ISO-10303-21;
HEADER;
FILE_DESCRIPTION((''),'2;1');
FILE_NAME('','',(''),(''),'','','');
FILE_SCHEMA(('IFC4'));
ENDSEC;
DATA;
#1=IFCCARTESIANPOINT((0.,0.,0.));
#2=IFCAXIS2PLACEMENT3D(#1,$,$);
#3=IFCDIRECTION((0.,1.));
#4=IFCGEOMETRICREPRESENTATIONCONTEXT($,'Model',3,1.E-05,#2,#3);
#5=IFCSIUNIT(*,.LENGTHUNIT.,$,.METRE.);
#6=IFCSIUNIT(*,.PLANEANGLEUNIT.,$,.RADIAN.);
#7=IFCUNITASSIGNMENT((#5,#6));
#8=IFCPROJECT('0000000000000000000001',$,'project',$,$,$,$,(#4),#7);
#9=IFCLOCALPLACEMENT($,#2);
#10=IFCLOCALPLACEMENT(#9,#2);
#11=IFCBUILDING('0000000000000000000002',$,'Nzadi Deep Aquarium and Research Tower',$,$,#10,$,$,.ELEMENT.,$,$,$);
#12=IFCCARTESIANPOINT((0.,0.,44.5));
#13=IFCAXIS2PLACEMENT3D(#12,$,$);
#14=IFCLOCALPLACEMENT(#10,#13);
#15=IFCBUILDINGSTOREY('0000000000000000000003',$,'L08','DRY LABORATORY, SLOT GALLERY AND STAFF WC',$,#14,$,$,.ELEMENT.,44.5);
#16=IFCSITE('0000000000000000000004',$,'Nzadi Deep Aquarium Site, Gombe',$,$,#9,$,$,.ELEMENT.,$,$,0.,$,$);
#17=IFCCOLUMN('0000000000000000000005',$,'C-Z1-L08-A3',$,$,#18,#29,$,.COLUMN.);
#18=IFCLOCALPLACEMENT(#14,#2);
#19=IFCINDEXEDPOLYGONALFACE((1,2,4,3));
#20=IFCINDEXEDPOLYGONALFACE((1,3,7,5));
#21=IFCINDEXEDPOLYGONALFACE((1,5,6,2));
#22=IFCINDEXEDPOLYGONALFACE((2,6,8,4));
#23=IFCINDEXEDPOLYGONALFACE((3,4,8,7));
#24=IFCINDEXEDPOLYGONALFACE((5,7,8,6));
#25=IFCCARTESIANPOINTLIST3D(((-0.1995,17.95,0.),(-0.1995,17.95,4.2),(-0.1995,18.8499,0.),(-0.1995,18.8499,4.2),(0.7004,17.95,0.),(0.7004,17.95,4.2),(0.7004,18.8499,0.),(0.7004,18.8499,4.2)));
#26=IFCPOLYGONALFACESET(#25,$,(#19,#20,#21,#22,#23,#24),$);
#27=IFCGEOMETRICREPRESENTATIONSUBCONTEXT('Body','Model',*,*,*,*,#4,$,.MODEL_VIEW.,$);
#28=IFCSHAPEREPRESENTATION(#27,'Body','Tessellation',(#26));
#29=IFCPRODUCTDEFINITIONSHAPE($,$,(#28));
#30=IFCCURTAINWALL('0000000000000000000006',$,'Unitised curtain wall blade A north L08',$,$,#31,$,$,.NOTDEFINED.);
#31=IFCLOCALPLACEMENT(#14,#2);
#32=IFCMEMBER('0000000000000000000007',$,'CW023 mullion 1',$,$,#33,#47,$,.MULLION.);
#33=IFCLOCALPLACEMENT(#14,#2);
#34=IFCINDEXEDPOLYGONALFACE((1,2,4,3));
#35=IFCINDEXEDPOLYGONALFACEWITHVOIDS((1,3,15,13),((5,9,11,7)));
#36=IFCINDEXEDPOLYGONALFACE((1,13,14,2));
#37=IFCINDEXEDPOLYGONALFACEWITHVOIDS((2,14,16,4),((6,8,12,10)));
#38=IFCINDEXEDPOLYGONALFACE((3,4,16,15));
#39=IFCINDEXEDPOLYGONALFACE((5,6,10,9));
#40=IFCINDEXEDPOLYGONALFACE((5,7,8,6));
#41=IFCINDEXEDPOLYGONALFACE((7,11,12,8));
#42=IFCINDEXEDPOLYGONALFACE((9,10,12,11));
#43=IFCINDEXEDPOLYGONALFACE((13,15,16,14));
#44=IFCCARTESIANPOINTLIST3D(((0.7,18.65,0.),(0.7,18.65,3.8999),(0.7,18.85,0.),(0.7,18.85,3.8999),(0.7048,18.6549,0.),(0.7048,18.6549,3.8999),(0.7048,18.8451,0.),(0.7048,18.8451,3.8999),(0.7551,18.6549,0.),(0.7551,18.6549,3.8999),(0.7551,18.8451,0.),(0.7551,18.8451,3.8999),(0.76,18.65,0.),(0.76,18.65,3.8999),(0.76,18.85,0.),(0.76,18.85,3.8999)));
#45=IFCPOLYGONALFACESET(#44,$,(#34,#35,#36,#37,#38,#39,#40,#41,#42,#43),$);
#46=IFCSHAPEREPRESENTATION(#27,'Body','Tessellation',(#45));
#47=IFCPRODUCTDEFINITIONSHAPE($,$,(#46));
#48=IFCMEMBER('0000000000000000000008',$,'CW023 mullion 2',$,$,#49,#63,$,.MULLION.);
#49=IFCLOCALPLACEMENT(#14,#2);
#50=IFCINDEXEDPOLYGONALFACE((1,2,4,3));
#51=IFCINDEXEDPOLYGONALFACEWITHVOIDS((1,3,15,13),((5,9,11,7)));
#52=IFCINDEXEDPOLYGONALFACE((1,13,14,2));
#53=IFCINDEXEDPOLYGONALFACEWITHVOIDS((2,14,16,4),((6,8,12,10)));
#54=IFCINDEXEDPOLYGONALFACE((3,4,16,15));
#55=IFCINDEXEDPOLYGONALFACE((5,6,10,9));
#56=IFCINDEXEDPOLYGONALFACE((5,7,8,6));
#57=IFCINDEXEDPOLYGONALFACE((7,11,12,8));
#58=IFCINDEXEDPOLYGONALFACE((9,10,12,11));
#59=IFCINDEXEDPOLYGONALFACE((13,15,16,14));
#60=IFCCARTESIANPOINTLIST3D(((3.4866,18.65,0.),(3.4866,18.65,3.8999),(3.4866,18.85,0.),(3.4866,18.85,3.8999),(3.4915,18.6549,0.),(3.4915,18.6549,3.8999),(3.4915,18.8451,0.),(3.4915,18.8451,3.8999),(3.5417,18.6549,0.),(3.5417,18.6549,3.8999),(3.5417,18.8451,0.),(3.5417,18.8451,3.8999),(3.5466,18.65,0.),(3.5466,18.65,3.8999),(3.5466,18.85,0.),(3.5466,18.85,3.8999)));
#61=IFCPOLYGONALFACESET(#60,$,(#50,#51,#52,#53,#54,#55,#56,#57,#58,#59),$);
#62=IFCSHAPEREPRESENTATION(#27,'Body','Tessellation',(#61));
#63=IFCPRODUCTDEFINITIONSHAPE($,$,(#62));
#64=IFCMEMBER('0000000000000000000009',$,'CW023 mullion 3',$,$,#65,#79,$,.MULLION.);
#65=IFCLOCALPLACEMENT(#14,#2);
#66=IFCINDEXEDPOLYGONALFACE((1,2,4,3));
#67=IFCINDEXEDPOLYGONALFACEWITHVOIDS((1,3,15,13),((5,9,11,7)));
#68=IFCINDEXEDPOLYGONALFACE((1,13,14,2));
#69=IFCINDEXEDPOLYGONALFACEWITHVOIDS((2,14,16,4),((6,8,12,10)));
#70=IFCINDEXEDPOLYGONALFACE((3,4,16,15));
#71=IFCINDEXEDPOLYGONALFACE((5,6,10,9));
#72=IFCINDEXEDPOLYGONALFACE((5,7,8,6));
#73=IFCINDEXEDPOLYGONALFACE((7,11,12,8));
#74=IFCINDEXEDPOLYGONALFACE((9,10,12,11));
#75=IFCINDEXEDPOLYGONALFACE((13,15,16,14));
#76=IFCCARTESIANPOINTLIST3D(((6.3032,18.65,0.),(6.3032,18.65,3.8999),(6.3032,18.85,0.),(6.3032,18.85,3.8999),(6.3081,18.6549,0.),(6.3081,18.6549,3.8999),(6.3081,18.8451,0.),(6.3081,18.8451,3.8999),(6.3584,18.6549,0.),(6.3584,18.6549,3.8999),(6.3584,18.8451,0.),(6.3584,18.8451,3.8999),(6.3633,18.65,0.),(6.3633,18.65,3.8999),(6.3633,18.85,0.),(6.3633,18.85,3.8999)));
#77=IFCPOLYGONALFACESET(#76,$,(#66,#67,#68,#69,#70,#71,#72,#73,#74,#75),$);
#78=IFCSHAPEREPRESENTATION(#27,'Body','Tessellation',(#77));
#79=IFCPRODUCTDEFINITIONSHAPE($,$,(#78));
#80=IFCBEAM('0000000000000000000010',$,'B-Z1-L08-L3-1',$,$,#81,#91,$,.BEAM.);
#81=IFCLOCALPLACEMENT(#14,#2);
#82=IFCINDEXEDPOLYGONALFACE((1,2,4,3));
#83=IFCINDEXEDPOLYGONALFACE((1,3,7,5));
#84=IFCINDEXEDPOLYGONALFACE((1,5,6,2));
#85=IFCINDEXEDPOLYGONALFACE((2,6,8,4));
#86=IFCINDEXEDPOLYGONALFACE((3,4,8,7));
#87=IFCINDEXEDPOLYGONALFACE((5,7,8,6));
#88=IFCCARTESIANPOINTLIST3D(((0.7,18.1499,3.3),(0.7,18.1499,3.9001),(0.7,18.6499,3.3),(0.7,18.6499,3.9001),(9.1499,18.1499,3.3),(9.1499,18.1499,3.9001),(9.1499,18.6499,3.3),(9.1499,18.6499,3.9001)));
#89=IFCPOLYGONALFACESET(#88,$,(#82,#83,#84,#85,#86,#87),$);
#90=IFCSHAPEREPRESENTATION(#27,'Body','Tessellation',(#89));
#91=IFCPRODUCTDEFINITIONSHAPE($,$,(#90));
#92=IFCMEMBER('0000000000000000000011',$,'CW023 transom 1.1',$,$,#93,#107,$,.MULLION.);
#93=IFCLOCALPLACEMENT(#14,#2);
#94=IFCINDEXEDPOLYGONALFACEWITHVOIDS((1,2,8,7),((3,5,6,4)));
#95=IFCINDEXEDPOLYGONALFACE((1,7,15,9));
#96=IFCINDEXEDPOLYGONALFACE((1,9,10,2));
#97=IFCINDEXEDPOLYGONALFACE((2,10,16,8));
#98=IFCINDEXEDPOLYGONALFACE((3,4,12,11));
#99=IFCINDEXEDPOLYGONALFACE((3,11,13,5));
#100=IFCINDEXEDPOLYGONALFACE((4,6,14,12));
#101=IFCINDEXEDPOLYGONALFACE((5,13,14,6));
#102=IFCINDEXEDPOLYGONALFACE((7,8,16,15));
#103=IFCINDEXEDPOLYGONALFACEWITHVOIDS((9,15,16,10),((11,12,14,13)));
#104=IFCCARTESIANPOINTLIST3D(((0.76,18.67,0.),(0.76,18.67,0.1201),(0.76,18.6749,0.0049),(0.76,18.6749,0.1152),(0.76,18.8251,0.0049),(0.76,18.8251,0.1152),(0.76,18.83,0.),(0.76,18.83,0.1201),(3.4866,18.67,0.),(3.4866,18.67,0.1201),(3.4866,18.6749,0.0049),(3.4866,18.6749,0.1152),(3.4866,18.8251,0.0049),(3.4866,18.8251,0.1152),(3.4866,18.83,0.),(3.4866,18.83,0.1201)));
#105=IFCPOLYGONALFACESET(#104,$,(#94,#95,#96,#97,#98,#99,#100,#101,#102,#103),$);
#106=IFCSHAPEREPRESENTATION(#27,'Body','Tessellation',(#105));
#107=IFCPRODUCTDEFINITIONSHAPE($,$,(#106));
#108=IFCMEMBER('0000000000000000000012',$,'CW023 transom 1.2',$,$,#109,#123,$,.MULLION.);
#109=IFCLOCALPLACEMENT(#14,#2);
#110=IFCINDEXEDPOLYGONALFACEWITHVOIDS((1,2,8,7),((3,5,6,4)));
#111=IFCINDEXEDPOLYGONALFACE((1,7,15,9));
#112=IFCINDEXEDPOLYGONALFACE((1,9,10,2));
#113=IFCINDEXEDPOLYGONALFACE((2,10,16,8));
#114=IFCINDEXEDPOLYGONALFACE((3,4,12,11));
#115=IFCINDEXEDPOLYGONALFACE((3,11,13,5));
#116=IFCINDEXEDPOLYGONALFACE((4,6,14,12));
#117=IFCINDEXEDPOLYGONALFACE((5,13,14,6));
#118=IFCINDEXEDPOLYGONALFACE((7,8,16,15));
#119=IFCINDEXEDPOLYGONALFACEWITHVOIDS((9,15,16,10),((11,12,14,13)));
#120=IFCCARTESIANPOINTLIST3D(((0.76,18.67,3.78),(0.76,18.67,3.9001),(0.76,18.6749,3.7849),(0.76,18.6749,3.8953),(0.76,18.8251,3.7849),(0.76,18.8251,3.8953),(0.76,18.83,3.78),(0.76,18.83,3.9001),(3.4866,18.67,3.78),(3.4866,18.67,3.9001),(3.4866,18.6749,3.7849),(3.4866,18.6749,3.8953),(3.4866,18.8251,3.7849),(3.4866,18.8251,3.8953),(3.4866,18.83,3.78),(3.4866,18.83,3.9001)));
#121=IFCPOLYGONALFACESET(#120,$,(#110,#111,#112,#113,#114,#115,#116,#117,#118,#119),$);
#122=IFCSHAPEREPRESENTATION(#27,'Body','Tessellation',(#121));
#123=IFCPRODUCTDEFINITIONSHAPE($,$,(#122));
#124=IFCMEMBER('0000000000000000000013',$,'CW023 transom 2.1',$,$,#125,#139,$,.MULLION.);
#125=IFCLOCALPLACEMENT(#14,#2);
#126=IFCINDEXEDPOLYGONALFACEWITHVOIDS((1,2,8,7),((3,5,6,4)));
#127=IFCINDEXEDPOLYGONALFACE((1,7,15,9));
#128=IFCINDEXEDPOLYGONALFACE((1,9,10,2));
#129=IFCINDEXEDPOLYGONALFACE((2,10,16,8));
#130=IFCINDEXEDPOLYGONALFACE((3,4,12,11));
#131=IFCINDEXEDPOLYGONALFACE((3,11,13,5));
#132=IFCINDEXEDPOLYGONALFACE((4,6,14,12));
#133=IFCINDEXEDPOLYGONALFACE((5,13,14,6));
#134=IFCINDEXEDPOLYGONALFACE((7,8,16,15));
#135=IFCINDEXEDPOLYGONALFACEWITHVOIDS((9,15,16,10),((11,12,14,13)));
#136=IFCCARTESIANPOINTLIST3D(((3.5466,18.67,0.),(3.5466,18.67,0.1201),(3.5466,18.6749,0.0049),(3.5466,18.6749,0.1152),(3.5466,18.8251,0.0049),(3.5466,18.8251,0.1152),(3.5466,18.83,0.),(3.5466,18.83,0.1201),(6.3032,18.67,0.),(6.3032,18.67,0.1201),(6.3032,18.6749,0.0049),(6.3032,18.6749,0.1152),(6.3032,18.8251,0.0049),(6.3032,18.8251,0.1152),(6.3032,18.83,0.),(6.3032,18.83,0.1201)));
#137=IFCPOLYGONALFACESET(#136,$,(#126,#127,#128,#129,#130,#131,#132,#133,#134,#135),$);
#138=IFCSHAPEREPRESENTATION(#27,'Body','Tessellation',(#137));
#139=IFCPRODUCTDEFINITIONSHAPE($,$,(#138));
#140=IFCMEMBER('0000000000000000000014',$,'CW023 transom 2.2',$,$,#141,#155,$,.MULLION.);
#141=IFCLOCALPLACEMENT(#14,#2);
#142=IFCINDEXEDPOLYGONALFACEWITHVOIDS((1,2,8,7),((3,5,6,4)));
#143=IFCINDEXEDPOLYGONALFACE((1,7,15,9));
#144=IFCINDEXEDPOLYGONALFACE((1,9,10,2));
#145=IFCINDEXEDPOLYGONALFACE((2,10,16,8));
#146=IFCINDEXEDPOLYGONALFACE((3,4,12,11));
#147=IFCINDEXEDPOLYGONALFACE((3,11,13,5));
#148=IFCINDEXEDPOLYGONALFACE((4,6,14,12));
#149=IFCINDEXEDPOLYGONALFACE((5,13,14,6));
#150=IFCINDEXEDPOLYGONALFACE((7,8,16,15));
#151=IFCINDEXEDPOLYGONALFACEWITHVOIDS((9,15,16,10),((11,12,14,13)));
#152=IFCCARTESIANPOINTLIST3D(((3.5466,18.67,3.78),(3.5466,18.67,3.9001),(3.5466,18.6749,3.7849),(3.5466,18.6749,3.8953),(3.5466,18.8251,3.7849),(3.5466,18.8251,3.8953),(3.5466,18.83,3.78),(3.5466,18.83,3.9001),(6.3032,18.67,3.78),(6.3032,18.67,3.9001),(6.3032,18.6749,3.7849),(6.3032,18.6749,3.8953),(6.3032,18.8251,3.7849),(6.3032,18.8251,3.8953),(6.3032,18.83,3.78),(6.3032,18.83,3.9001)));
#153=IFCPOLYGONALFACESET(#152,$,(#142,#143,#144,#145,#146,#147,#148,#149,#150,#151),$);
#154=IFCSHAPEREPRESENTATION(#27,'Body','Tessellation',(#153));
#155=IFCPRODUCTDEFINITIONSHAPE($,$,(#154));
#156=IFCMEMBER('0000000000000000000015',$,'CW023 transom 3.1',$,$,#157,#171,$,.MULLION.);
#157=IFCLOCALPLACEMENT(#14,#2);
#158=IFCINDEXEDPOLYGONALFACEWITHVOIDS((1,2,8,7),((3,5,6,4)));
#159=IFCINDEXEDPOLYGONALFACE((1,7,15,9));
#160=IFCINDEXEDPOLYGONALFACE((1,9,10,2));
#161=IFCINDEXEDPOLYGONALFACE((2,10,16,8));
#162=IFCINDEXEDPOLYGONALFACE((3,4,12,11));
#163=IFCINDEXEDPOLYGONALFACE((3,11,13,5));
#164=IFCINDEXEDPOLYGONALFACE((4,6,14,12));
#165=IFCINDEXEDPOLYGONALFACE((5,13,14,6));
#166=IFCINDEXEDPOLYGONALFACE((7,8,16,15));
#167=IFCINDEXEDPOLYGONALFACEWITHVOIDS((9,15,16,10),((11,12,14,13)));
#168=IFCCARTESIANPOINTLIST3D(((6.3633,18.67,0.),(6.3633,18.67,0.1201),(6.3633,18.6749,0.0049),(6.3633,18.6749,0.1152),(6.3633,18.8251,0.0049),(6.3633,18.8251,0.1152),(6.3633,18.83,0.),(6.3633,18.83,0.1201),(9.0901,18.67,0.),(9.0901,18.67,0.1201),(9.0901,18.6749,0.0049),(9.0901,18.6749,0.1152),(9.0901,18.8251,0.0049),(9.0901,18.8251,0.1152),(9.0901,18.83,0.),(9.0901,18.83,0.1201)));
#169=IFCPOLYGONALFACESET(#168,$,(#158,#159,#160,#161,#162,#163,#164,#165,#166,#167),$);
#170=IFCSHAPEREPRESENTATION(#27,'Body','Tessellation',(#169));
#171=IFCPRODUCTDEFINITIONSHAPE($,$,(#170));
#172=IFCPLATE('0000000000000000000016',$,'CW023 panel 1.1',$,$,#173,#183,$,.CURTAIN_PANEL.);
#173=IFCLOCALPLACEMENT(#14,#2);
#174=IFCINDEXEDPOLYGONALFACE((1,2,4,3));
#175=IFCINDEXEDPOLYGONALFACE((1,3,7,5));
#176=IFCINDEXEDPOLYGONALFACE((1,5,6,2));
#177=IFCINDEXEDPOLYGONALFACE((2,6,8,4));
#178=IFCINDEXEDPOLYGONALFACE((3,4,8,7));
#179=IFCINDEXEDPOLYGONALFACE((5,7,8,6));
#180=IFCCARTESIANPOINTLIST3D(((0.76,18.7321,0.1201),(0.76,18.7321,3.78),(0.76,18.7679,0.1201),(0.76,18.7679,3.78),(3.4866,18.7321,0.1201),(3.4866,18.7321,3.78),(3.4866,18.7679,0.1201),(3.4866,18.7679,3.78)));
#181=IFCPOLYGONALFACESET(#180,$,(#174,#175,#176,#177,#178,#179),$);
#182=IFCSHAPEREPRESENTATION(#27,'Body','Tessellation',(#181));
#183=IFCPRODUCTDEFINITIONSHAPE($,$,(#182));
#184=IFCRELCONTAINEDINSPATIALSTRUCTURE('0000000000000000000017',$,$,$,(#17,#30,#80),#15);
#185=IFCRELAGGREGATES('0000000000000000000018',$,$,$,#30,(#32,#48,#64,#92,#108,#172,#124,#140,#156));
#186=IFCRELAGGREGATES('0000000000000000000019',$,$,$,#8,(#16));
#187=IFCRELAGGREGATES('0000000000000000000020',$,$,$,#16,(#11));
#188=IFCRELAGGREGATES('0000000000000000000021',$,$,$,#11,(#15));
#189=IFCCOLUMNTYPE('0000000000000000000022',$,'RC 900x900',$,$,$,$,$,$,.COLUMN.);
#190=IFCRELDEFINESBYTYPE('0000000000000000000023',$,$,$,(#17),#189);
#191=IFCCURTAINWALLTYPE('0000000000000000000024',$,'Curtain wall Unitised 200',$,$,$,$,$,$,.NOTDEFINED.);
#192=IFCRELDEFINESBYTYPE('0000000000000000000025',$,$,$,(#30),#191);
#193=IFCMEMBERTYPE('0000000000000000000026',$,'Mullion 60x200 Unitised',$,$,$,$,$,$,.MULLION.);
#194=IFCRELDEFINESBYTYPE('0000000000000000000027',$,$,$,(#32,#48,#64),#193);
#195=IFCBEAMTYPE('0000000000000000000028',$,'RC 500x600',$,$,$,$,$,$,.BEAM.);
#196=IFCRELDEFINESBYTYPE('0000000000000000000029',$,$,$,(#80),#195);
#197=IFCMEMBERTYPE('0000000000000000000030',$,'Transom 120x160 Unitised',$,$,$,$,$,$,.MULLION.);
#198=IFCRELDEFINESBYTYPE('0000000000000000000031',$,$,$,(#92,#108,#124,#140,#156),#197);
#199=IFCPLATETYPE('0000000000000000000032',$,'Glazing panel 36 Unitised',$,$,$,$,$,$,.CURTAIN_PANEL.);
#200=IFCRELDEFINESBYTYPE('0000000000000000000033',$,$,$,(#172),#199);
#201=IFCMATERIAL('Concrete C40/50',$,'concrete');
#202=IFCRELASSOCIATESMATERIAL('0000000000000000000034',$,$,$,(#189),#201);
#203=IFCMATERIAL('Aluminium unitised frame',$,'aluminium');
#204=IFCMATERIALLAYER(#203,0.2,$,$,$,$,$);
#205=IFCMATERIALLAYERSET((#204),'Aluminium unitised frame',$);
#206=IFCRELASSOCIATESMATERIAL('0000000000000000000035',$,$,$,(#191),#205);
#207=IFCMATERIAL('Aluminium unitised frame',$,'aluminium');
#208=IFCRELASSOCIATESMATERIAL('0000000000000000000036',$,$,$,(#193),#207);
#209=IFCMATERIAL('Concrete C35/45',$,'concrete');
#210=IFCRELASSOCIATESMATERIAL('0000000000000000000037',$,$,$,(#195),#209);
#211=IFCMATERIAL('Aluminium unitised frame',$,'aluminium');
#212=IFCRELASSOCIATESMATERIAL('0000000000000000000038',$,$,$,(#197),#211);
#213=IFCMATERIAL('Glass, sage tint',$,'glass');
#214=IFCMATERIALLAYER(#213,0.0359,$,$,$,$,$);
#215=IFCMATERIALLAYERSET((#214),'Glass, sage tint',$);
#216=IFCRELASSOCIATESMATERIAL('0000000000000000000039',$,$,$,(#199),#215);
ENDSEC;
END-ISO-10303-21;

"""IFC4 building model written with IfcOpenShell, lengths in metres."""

from ifc_helpers import new_model, si_unit, direction, frame, origin, origin_2d, place, context, subcontext, project, spatial, rectangle, hollow_rectangle, extrude, material, layer, layer_set, material_profile, profile_set, type_object, element, aggregate, save


model = new_model("IFC4")

# Units and contexts
model_context = context("Model", 3, precision=1e-05, world=origin(), true_north=direction((0.0, 1.0)))
body_context = subcontext(model_context, "Body", "Model", "MODEL_VIEW")
ifc_project = project(units=[si_unit("LENGTHUNIT", "METRE"), si_unit("PLANEANGLEUNIT", "RADIAN")], contexts=[model_context])

# Site, building, storey
site_placement = place(None, origin())
site = spatial("IfcSite", under=ifc_project, at=site_placement, Name="Nzadi Deep Aquarium Site, Gombe", CompositionType="ELEMENT", RefElevation=0.0)
building_placement = place(site_placement, origin())
building = spatial("IfcBuilding", under=site, at=building_placement, Name="Nzadi Deep Aquarium and Research Tower", CompositionType="ELEMENT")
storey_placement = place(building_placement, frame((0.0, 0.0, 44.5)))
storey = spatial("IfcBuildingStorey", under=building, at=storey_placement, Name="L08", Description="DRY LABORATORY, SLOT GALLERY AND STAFF WC", CompositionType="ELEMENT", Elevation=44.5)

# Column
ifc_material_1 = material(Name="Concrete C40/50", Category="concrete")
ifc_material_profile_1 = material_profile(ifc_material_1, rectangle(XDim=0.8999, YDim=0.8999, at=origin_2d()))
ifc_profile_set_1 = profile_set([ifc_material_profile_1], Name="Concrete C40/50")
column_type = type_object("IfcColumnType", Name="RC 900x900", PredefinedType="COLUMN", material=ifc_profile_set_1)
column_placement = place(storey_placement, frame((0.2505, 18.3999, 0.0), z_axis=(0.0, 0.0, 1.0), x_axis=(1.0, 0.0, 0.0)))
element("IfcColumn", 1, at=column_placement, inside=storey, type_object=column_type, Name="C-Z1-L08-A3", PredefinedType="COLUMN", context=body_context, shape_type="SweptSolid", body=[
    extrude(rectangle(XDim=0.8999, YDim=0.8999, at=origin_2d()), origin(), (0.0, 0.0, 1.0), 4.2),
])

# Curtain wall, members
ifc_material_2 = material(Name="Aluminium unitised frame", Category="aluminium")
ifc_layer_1 = layer(ifc_material_2, 0.2)
ifc_layer_set_1 = layer_set([ifc_layer_1], Name="Aluminium unitised frame")
curtain_wall_type = type_object("IfcCurtainWallType", Name="Curtain wall Unitised 200", PredefinedType="NOTDEFINED", material=ifc_layer_set_1)
curtain_wall_placement = place(storey_placement, origin())
curtain_wall = element("IfcCurtainWall", 2, at=curtain_wall_placement, inside=storey, type_object=curtain_wall_type, Name="Unitised curtain wall blade A north L08", PredefinedType="NOTDEFINED")
ifc_material_3 = material(Name="Aluminium unitised frame", Category="aluminium")
ifc_material_profile_2 = material_profile(ifc_material_3, hollow_rectangle(XDim=0.2, YDim=0.0601, WallThickness=0.0049, at=origin_2d()))
ifc_profile_set_2 = profile_set([ifc_material_profile_2], Name="Aluminium unitised frame")
member_type_1 = type_object("IfcMemberType", Name="Mullion 60x200 Unitised", PredefinedType="MULLION", material=ifc_profile_set_2)
member_1_placement = place(storey_placement, frame((0.73, 18.75, 0.0), z_axis=(0.0, 0.0, 1.0), x_axis=(0.0, 1.0, 0.0)))
member_1 = element("IfcMember", 3, at=member_1_placement, type_object=member_type_1, Name="CW023 mullion 1", PredefinedType="MULLION", context=body_context, shape_type="SweptSolid", body=[
    extrude(hollow_rectangle(XDim=0.2, YDim=0.0601, WallThickness=0.0049, at=origin_2d()), origin(), (0.0, 0.0, 1.0), 3.8999),
])
member_2_placement = place(storey_placement, frame((3.5166, 18.75, 0.0), z_axis=(0.0, 0.0, 1.0), x_axis=(0.0, 1.0, 0.0)))
member_2 = element("IfcMember", 4, at=member_2_placement, type_object=member_type_1, Name="CW023 mullion 2", PredefinedType="MULLION", context=body_context, shape_type="SweptSolid", body=[
    extrude(hollow_rectangle(XDim=0.2, YDim=0.0601, WallThickness=0.0049, at=origin_2d()), origin(), (0.0, 0.0, 1.0), 3.8999),
])
member_3_placement = place(storey_placement, frame((6.3333, 18.75, 0.0), z_axis=(0.0, 0.0, 1.0), x_axis=(0.0, 1.0, 0.0)))
member_3 = element("IfcMember", 5, at=member_3_placement, type_object=member_type_1, Name="CW023 mullion 3", PredefinedType="MULLION", context=body_context, shape_type="SweptSolid", body=[
    extrude(hollow_rectangle(XDim=0.2, YDim=0.0601, WallThickness=0.0049, at=origin_2d()), origin(), (0.0, 0.0, 1.0), 3.8999),
])

# Beam
ifc_material_4 = material(Name="Concrete C35/45", Category="concrete")
ifc_material_profile_3 = material_profile(ifc_material_4, rectangle(XDim=0.5, YDim=0.6001, at=origin_2d()))
ifc_profile_set_3 = profile_set([ifc_material_profile_3], Name="Concrete C35/45")
beam_type = type_object("IfcBeamType", Name="RC 500x600", PredefinedType="BEAM", material=ifc_profile_set_3)
beam_placement = place(storey_placement, frame((0.7, 18.3999, 3.6001), z_axis=(1.0, 0.0, 0.0), x_axis=(0.0, 1.0, 0.0)))
element("IfcBeam", 6, at=beam_placement, inside=storey, type_object=beam_type, Name="B-Z1-L08-L3-1", PredefinedType="BEAM", context=body_context, shape_type="SweptSolid", body=[
    extrude(rectangle(XDim=0.5, YDim=0.6001, at=origin_2d()), origin(), (0.0, 0.0, 1.0), 8.45),
])

# Members
ifc_material_5 = material(Name="Aluminium unitised frame", Category="aluminium")
ifc_material_profile_4 = material_profile(ifc_material_5, hollow_rectangle(XDim=0.1599, YDim=0.1201, WallThickness=0.0049, at=origin_2d()))
ifc_profile_set_4 = profile_set([ifc_material_profile_4], Name="Aluminium unitised frame")
member_type_2 = type_object("IfcMemberType", Name="Transom 120x160 Unitised", PredefinedType="MULLION", material=ifc_profile_set_4)
member_4_placement = place(storey_placement, frame((0.76, 18.75, 0.0601), z_axis=(1.0, 0.0, 0.0), x_axis=(0.0, 1.0, 0.0)))
member_4 = element("IfcMember", 7, at=member_4_placement, type_object=member_type_2, Name="CW023 transom 1.1", PredefinedType="MULLION", context=body_context, shape_type="SweptSolid", body=[
    extrude(hollow_rectangle(XDim=0.1599, YDim=0.1201, WallThickness=0.0049, at=origin_2d()), origin(), (0.0, 0.0, 1.0), 2.7266),
])
member_5_placement = place(storey_placement, frame((0.76, 18.75, 3.8401), z_axis=(1.0, 0.0, 0.0), x_axis=(0.0, 1.0, 0.0)))
member_5 = element("IfcMember", 8, at=member_5_placement, type_object=member_type_2, Name="CW023 transom 1.2", PredefinedType="MULLION", context=body_context, shape_type="SweptSolid", body=[
    extrude(hollow_rectangle(XDim=0.1599, YDim=0.1201, WallThickness=0.0049, at=origin_2d()), origin(), (0.0, 0.0, 1.0), 2.7266),
])
member_6_placement = place(storey_placement, frame((3.5466, 18.75, 0.0601), z_axis=(1.0, 0.0, 0.0), x_axis=(0.0, 1.0, 0.0)))
member_6 = element("IfcMember", 9, at=member_6_placement, type_object=member_type_2, Name="CW023 transom 2.1", PredefinedType="MULLION", context=body_context, shape_type="SweptSolid", body=[
    extrude(hollow_rectangle(XDim=0.1599, YDim=0.1201, WallThickness=0.0049, at=origin_2d()), origin(), (0.0, 0.0, 1.0), 2.7566),
])
member_7_placement = place(storey_placement, frame((3.5466, 18.75, 3.8401), z_axis=(1.0, 0.0, 0.0), x_axis=(0.0, 1.0, 0.0)))
member_7 = element("IfcMember", 10, at=member_7_placement, type_object=member_type_2, Name="CW023 transom 2.2", PredefinedType="MULLION", context=body_context, shape_type="SweptSolid", body=[
    extrude(hollow_rectangle(XDim=0.1599, YDim=0.1201, WallThickness=0.0049, at=origin_2d()), origin(), (0.0, 0.0, 1.0), 2.7566),
])
member_8_placement = place(storey_placement, frame((6.3633, 18.75, 0.0601), z_axis=(1.0, 0.0, 0.0), x_axis=(0.0, 1.0, 0.0)))
member_8 = element("IfcMember", 11, at=member_8_placement, type_object=member_type_2, Name="CW023 transom 3.1", PredefinedType="MULLION", context=body_context, shape_type="SweptSolid", body=[
    extrude(hollow_rectangle(XDim=0.1599, YDim=0.1201, WallThickness=0.0049, at=origin_2d()), origin(), (0.0, 0.0, 1.0), 2.7268),
])

# Plate
ifc_material_6 = material(Name="Glass, sage tint", Category="glass")
ifc_layer_2 = layer(ifc_material_6, 0.0359)
ifc_layer_set_2 = layer_set([ifc_layer_2], Name="Glass, sage tint")
plate_type = type_object("IfcPlateType", Name="Glazing panel 36 Unitised", PredefinedType="CURTAIN_PANEL", material=ifc_layer_set_2)
plate_1_placement = place(storey_placement, frame((2.1233, 18.75, 0.1201), z_axis=(0.0, 0.0, 1.0), x_axis=(1.0, 0.0, 0.0)))
plate_1 = element("IfcPlate", 12, at=plate_1_placement, type_object=plate_type, Name="CW023 panel 1.1", PredefinedType="CURTAIN_PANEL", context=body_context, shape_type="SweptSolid", body=[
    extrude(rectangle(XDim=2.7266, YDim=0.0359, at=origin_2d()), origin(), (0.0, 0.0, 1.0), 3.6599),
])
aggregate(curtain_wall, [member_1, member_2, member_3, member_4, member_5, plate_1, member_6, member_7, member_8])

save(model, "model.ifc")
